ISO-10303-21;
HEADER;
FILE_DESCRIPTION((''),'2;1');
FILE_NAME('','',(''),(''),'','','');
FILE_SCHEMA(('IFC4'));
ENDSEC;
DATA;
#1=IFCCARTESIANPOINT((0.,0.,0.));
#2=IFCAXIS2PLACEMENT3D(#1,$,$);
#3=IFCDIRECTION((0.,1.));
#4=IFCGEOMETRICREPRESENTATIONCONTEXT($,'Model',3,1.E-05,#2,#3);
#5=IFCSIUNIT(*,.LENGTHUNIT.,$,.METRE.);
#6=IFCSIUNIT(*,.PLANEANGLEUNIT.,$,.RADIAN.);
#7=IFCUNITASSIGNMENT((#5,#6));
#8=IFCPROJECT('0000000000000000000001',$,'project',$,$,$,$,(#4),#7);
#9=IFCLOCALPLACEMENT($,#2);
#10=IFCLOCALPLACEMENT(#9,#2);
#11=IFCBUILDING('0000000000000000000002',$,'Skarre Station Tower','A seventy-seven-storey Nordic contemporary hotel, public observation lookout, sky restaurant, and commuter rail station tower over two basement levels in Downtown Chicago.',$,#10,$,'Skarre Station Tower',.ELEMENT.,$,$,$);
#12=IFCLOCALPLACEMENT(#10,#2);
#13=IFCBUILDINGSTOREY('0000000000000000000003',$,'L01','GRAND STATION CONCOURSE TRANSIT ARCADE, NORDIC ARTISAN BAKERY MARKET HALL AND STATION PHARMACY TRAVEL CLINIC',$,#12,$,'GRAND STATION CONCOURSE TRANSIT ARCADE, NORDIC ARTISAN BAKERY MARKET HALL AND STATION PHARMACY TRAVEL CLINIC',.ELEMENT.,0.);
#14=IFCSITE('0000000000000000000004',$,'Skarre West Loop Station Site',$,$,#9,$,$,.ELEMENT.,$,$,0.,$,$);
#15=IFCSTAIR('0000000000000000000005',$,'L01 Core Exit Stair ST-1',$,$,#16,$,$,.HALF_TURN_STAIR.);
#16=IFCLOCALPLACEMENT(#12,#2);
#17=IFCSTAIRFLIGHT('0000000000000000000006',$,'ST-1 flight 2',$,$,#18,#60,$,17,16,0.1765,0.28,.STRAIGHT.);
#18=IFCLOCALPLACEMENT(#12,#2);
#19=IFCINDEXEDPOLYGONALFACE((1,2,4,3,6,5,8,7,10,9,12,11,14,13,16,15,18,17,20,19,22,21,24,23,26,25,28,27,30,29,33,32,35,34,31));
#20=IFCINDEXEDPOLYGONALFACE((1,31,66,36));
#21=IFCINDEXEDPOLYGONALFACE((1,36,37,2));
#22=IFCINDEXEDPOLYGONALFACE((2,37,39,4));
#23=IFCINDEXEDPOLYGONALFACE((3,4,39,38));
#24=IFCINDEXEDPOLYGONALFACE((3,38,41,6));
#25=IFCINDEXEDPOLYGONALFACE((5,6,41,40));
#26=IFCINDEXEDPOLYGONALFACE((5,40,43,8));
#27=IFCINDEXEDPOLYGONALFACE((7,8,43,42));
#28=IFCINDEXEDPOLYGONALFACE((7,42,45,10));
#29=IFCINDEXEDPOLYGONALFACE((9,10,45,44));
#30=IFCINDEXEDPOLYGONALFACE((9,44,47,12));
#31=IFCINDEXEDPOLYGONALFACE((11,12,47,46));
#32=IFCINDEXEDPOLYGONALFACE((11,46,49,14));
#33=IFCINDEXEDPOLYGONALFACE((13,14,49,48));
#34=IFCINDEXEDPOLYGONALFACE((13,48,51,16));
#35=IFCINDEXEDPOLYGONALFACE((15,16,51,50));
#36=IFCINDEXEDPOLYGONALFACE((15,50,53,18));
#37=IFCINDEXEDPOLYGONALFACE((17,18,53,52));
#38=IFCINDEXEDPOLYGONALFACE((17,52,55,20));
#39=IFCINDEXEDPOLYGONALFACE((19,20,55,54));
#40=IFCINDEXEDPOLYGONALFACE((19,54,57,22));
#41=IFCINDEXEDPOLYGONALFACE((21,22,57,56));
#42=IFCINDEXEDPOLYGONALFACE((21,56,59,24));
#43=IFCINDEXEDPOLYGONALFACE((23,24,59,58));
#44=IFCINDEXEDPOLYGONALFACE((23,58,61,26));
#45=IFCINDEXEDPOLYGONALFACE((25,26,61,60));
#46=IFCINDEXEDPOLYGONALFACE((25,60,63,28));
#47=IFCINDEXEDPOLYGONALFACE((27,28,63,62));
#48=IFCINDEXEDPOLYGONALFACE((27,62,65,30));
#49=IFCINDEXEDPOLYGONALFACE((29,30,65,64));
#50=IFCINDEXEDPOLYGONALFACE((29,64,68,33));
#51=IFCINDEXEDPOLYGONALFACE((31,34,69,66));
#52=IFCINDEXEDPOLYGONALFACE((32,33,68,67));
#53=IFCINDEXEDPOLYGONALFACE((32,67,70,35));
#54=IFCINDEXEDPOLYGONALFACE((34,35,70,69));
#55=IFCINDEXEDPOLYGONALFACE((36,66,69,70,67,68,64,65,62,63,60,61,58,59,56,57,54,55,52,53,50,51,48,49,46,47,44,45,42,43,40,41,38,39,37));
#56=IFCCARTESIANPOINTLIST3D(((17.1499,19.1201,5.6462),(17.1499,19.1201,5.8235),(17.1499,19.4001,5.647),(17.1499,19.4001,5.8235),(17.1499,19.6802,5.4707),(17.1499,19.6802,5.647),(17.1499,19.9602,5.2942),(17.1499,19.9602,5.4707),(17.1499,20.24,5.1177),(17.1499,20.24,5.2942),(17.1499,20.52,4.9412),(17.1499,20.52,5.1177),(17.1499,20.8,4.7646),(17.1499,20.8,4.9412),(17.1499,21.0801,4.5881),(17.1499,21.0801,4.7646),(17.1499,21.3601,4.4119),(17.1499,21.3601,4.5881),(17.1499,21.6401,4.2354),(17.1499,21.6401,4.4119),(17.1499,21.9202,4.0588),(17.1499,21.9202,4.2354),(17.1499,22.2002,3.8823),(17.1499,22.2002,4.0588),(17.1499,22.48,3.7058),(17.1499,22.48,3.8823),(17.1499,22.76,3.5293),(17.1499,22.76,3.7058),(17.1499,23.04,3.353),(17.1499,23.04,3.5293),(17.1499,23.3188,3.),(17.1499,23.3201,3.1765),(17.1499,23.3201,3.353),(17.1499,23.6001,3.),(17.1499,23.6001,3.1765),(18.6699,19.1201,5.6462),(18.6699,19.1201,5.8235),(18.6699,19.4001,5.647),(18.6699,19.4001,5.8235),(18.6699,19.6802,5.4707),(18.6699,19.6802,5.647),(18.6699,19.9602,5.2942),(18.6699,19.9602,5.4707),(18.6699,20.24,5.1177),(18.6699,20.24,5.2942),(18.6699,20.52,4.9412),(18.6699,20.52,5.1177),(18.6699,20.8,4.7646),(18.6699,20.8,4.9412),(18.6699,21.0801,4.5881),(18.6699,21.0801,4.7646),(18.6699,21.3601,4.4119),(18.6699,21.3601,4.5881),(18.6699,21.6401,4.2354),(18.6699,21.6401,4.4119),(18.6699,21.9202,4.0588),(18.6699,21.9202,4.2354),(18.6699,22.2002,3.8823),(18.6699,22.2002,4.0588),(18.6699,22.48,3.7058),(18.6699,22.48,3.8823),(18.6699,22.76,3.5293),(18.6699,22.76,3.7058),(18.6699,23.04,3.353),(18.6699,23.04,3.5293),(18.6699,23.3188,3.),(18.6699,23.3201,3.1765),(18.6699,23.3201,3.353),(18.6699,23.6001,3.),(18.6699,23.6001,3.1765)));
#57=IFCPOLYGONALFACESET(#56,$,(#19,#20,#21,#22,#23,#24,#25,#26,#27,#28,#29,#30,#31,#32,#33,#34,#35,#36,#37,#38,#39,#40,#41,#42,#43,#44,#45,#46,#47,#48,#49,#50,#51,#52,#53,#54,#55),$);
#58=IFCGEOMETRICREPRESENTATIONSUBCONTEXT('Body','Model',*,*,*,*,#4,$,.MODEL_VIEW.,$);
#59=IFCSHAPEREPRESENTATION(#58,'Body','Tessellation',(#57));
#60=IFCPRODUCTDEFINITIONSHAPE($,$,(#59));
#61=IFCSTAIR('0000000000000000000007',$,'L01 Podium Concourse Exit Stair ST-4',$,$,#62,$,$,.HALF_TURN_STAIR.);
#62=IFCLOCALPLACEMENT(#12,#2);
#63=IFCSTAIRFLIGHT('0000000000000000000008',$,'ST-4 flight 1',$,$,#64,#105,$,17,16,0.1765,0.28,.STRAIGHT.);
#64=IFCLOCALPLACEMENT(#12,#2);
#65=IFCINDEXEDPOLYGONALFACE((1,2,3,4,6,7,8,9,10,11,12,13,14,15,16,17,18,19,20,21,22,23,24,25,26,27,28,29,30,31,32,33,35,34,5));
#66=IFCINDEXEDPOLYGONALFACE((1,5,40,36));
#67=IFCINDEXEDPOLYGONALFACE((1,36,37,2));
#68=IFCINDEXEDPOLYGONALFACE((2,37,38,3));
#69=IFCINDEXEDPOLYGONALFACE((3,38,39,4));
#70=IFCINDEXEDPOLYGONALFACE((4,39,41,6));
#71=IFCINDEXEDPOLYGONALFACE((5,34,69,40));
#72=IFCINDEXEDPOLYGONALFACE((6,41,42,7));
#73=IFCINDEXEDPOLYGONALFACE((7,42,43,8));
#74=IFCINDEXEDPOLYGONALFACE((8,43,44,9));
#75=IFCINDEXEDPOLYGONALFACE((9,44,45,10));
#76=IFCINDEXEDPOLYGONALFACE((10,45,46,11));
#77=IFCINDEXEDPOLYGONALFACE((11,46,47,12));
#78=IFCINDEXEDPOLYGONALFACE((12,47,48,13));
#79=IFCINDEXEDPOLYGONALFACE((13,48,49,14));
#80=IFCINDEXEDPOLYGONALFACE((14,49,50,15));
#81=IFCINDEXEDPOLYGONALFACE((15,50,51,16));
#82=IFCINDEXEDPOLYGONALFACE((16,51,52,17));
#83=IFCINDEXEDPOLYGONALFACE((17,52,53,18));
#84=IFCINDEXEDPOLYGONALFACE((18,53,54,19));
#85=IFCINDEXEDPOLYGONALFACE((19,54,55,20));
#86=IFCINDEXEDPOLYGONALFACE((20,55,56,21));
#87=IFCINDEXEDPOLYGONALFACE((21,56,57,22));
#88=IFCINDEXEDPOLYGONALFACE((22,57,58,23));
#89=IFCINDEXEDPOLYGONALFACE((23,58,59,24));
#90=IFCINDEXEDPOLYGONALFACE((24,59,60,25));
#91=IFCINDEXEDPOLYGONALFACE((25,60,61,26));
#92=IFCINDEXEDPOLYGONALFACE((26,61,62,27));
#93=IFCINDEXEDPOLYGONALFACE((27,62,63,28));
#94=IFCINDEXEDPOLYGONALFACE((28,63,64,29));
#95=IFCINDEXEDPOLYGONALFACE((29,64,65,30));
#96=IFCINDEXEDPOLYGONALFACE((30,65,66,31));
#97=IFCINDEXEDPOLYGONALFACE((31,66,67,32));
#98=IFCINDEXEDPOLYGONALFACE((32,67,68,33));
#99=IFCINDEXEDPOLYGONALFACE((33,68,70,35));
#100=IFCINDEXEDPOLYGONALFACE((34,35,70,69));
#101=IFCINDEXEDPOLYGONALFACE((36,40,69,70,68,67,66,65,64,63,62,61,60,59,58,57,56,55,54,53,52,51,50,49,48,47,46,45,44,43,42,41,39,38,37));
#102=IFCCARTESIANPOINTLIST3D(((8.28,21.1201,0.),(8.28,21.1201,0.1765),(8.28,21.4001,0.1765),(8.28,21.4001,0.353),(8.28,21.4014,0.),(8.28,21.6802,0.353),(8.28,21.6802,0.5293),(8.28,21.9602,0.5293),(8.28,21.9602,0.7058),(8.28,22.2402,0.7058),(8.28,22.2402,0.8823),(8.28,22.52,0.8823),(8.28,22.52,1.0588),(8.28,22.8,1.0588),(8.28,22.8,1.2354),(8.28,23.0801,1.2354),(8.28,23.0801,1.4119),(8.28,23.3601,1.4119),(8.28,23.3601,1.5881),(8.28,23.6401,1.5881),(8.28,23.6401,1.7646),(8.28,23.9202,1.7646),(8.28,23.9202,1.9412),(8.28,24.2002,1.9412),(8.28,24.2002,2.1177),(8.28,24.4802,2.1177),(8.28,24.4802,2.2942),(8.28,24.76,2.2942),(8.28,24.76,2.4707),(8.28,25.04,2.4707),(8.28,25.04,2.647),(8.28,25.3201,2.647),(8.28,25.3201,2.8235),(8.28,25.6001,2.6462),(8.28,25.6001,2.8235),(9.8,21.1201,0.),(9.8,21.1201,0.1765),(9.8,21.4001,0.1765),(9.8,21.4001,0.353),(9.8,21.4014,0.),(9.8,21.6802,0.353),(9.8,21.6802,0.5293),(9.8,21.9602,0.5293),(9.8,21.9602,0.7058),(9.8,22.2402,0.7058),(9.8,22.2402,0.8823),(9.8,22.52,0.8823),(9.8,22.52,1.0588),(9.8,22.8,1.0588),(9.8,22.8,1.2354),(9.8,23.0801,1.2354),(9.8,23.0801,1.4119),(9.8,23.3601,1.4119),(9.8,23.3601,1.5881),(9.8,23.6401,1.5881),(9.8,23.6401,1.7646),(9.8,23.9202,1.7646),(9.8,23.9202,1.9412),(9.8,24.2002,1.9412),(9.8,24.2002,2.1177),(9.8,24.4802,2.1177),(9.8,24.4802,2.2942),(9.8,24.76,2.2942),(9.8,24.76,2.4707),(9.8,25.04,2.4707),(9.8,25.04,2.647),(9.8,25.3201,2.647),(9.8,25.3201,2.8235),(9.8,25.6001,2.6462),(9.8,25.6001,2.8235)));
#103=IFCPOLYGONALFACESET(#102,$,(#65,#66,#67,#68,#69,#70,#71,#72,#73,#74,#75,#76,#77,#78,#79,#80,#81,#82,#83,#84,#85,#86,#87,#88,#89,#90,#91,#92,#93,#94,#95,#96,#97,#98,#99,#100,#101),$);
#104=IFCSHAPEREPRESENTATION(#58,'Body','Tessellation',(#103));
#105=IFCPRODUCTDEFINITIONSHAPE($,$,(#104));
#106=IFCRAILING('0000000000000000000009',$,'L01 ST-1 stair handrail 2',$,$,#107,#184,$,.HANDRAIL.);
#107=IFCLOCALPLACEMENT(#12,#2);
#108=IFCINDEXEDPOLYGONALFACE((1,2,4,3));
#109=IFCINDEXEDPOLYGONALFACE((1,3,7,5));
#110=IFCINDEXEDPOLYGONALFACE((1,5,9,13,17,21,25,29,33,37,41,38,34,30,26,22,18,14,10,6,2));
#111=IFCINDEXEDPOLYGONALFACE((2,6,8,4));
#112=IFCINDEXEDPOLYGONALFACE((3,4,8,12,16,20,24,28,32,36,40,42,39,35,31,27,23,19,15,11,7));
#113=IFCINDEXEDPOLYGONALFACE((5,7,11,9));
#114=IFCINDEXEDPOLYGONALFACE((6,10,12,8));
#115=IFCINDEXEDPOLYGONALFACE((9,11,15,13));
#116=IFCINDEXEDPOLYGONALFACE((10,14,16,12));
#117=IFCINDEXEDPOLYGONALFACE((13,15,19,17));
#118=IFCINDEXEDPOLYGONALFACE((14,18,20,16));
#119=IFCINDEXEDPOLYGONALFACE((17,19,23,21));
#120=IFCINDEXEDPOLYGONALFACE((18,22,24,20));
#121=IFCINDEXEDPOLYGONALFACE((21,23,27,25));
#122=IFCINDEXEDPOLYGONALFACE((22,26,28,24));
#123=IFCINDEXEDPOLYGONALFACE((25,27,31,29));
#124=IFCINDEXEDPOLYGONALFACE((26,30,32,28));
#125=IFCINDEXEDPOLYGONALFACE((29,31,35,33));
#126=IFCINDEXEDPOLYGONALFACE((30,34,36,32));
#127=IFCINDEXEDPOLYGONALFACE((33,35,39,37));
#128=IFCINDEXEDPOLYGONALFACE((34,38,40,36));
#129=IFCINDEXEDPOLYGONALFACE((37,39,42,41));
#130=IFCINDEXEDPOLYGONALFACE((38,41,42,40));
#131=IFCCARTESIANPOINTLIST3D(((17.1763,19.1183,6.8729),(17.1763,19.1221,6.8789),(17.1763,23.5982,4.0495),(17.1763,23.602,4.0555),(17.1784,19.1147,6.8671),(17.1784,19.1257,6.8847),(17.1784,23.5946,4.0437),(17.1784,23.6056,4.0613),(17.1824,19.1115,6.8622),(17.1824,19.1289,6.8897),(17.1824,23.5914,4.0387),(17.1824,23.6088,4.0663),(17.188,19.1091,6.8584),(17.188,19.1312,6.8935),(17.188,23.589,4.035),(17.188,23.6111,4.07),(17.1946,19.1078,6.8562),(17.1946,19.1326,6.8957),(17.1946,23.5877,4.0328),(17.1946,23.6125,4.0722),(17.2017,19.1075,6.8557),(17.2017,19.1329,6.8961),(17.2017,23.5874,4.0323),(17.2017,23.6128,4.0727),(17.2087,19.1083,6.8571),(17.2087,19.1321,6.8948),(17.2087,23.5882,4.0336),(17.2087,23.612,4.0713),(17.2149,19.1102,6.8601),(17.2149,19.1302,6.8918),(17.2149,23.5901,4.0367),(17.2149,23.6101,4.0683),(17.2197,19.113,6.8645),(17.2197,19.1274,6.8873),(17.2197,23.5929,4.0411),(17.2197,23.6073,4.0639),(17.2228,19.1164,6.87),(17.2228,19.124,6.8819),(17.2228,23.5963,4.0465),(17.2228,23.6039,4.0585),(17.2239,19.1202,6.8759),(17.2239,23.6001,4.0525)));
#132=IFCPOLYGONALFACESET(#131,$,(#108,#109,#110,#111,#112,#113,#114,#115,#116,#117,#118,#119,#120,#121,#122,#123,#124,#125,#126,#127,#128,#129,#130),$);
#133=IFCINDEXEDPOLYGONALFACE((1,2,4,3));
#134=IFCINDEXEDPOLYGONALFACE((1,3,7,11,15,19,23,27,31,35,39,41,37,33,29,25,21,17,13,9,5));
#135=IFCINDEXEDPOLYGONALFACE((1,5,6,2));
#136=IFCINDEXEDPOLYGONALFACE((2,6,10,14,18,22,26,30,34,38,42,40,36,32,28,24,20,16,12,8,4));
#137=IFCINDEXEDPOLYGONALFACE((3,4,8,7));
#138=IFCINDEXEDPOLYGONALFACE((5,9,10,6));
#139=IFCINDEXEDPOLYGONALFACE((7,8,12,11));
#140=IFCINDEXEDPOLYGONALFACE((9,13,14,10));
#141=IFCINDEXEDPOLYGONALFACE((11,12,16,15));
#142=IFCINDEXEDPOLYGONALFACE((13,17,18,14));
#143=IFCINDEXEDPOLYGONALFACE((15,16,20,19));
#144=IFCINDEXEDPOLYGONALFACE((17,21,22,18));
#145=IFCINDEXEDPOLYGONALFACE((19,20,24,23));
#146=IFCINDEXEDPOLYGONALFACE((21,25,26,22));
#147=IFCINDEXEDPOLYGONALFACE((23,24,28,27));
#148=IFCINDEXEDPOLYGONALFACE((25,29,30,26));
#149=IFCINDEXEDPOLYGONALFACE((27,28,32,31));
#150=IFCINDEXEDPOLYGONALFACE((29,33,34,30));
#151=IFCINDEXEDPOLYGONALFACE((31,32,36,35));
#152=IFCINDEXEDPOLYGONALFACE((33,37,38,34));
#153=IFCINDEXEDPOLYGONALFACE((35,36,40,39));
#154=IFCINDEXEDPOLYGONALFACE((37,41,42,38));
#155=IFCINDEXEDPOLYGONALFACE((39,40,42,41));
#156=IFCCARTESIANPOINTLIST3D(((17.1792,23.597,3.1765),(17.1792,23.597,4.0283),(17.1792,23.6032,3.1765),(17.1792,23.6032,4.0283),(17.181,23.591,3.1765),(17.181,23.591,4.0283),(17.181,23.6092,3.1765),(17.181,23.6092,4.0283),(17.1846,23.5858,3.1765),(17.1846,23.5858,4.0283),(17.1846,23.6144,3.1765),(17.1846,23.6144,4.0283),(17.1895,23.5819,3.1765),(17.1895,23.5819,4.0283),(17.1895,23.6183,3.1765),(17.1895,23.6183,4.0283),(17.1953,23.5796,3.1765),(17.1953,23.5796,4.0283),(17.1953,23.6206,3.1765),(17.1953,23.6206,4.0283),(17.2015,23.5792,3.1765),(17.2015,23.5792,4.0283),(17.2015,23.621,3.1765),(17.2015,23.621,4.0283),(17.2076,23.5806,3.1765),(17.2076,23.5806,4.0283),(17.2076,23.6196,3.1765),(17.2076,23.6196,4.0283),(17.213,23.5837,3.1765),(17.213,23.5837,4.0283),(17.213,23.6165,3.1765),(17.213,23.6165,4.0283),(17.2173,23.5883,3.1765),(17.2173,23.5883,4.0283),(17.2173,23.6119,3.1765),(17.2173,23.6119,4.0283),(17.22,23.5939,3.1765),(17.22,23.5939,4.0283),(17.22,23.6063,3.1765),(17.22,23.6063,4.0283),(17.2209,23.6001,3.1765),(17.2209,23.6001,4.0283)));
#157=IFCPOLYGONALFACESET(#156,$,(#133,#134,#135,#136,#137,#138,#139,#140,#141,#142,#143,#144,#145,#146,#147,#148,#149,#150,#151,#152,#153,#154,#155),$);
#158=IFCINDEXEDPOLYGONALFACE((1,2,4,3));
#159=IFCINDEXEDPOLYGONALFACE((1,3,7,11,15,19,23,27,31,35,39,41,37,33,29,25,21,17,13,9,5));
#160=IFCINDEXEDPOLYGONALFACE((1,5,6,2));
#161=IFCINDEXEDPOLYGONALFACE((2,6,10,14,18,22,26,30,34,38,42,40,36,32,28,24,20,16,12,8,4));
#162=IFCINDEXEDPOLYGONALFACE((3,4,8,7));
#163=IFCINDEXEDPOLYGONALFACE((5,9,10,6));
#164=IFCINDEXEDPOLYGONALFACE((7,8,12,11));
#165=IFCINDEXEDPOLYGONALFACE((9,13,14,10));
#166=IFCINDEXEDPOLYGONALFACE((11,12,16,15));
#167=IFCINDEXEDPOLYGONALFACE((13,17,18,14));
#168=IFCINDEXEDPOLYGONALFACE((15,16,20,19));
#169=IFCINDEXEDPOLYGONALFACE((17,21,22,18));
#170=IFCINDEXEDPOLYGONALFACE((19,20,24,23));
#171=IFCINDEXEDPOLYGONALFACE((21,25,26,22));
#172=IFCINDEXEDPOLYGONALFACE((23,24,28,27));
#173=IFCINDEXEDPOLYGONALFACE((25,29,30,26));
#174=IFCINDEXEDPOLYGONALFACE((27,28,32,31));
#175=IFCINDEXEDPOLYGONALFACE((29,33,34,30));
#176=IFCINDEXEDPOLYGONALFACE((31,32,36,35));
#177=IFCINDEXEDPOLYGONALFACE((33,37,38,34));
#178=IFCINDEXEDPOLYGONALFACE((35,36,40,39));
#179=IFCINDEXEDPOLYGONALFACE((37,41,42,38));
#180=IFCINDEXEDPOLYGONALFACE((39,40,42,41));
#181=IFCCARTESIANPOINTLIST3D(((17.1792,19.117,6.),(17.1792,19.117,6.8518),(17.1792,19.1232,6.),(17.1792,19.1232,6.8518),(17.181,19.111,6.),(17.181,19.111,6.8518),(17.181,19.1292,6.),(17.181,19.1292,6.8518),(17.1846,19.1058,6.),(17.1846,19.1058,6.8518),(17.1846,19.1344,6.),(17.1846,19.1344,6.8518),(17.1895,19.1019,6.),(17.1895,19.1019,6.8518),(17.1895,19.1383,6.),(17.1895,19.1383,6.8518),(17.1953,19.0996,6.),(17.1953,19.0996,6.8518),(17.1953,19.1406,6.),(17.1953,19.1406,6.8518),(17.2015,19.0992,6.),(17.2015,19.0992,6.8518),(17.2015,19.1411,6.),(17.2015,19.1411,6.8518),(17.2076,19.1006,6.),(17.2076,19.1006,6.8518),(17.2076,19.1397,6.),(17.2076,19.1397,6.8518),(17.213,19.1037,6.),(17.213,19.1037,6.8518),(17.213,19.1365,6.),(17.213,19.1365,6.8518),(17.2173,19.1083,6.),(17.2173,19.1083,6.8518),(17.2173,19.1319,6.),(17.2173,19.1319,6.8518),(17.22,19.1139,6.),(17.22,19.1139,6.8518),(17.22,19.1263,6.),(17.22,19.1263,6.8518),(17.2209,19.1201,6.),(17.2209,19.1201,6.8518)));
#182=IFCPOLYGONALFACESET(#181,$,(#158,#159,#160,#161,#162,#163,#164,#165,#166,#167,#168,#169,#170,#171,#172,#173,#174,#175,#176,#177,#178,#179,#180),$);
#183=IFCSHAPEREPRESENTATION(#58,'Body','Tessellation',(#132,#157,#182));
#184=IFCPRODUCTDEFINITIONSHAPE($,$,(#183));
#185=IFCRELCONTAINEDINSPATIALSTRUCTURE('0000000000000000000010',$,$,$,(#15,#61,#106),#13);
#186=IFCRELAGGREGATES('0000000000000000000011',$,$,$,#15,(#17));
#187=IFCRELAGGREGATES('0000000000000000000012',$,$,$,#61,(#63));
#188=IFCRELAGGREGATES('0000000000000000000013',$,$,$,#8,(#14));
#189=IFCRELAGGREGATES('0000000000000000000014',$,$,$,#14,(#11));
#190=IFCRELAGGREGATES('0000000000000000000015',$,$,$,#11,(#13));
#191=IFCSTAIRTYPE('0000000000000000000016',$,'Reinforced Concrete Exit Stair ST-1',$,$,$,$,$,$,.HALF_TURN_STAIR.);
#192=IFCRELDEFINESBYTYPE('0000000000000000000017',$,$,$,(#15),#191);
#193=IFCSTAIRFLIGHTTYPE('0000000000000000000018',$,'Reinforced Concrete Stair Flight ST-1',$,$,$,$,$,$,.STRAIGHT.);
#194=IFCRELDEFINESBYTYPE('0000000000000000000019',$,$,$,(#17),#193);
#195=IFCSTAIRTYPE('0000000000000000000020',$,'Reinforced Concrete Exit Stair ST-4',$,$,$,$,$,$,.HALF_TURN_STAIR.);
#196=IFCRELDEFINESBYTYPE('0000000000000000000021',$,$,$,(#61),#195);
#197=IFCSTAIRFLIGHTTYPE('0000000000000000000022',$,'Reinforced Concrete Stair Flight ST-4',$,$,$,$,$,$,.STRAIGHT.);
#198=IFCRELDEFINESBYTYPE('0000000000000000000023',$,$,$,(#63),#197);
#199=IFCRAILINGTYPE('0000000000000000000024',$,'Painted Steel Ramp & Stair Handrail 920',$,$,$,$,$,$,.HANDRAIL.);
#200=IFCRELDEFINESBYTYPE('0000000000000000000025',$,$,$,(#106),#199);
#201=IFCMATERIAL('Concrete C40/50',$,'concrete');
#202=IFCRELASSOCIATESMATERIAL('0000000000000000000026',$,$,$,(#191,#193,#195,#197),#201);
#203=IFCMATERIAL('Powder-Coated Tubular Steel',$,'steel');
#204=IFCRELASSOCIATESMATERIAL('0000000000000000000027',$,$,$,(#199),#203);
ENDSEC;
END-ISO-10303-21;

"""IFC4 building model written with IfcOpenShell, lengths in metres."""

from ifc_helpers import new_model, si_unit, direction, frame, origin, origin_2d, place, context, subcontext, project, spatial, polyline, circle, outline, extrude, material, type_object, element, aggregate, save


model = new_model("IFC4")

# Units and contexts
model_context = context("Model", 3, precision=1e-05, world=origin(), true_north=direction((0.0, 1.0)))
body_context = subcontext(model_context, "Body", "Model", "MODEL_VIEW")
ifc_project = project(units=[si_unit("LENGTHUNIT", "METRE"), si_unit("PLANEANGLEUNIT", "RADIAN")], contexts=[model_context])

# Site, building, storey
site_placement = place(None, origin())
site = spatial("IfcSite", under=ifc_project, at=site_placement, Name="Skarre West Loop Station Site", CompositionType="ELEMENT", RefElevation=0.0)
building_placement = place(site_placement, origin())
building = spatial("IfcBuilding", under=site, at=building_placement, Name="Skarre Station Tower", Description="A seventy-seven-storey Nordic contemporary hotel, public observation lookout, sky restaurant, and commuter rail station tower over two basement levels in Downtown Chicago.", LongName="Skarre Station Tower", CompositionType="ELEMENT")
storey_placement = place(building_placement, origin())
storey = spatial("IfcBuildingStorey", under=building, at=storey_placement, Name="L01", Description="GRAND STATION CONCOURSE TRANSIT ARCADE, NORDIC ARTISAN BAKERY MARKET HALL AND STATION PHARMACY TRAVEL CLINIC", LongName="GRAND STATION CONCOURSE TRANSIT ARCADE, NORDIC ARTISAN BAKERY MARKET HALL AND STATION PHARMACY TRAVEL CLINIC", CompositionType="ELEMENT", Elevation=0.0)

# Stairs, stair flights
ifc_material_1 = material(Name="Concrete C40/50", Category="concrete")
stair_type_1 = type_object("IfcStairType", Name="Reinforced Concrete Exit Stair ST-1", PredefinedType="HALF_TURN_STAIR", material=ifc_material_1)
stair_1_placement = place(storey_placement, origin())
stair_1 = element("IfcStair", 1, at=stair_1_placement, inside=storey, type_object=stair_type_1, Name="L01 Core Exit Stair ST-1", PredefinedType="HALF_TURN_STAIR")
stair_flight_type_1 = type_object("IfcStairFlightType", Name="Reinforced Concrete Stair Flight ST-1", PredefinedType="STRAIGHT", material=ifc_material_1)
stair_flight_1_placement = place(storey_placement, frame((17.9099, 23.6001, 3.0), z_axis=(0.0, 0.0, 1.0), x_axis=(0.0, -1.0, 0.0)))
stair_flight_1 = element("IfcStairFlight", 2, at=stair_flight_1_placement, type_object=stair_flight_type_1, Name="ST-1 flight 2", NumberOfRisers=17, NumberOfTreads=16, PredefinedType="STRAIGHT", RiserHeight=0.1765, TreadLength=0.28, context=body_context, shape_type="SweptSolid", body=[
    extrude(outline(polyline([(0.0, 0.0), (0.0, 0.1765), (0.28, 0.1765), (0.28, 0.353), (0.5601, 0.353), (0.5601, 0.5293), (0.8401, 0.5293), (0.8401, 0.7058), (1.1201, 0.7058), (1.1201, 0.8823), (1.3999, 0.8823), (1.3999, 1.0588), (1.6799, 1.0588), (1.6799, 1.2354), (1.96, 1.2354), (1.96, 1.4119), (2.24, 1.4119), (2.24, 1.5881), (2.52, 1.5881), (2.52, 1.7646), (2.8, 1.7646), (2.8, 1.9412), (3.0801, 1.9412), (3.0801, 2.1177), (3.3601, 2.1177), (3.3601, 2.2942), (3.6399, 2.2942), (3.6399, 2.4707), (3.9199, 2.4707), (3.9199, 2.647), (4.2, 2.647), (4.2, 2.8235), (4.48, 2.8235), (4.48, 3.0), (4.48, 2.6462), (0.2812, 0.0), (0.0, 0.0)])), frame((0.0, 0.76, 0.0), z_axis=(0.0, -1.0, 0.0), x_axis=(1.0, 0.0, 0.0)), (0.0, 0.0, 1.0), 1.52),
])
aggregate(stair_1, [stair_flight_1])
stair_type_2 = type_object("IfcStairType", Name="Reinforced Concrete Exit Stair ST-4", PredefinedType="HALF_TURN_STAIR", material=ifc_material_1)
stair_2_placement = place(storey_placement, origin())
stair_2 = element("IfcStair", 3, at=stair_2_placement, inside=storey, type_object=stair_type_2, Name="L01 Podium Concourse Exit Stair ST-4", PredefinedType="HALF_TURN_STAIR")
stair_flight_type_2 = type_object("IfcStairFlightType", Name="Reinforced Concrete Stair Flight ST-4", PredefinedType="STRAIGHT", material=ifc_material_1)
stair_flight_2_placement = place(storey_placement, frame((9.04, 21.1201, 0.0), z_axis=(0.0, 0.0, 1.0), x_axis=(0.0, 1.0, 0.0)))
stair_flight_2 = element("IfcStairFlight", 4, at=stair_flight_2_placement, type_object=stair_flight_type_2, Name="ST-4 flight 1", NumberOfRisers=17, NumberOfTreads=16, PredefinedType="STRAIGHT", RiserHeight=0.1765, TreadLength=0.28, context=body_context, shape_type="SweptSolid", body=[
    extrude(outline(polyline([(0.0, 0.0), (0.0, 0.1765), (0.28, 0.1765), (0.28, 0.353), (0.5601, 0.353), (0.5601, 0.5293), (0.8401, 0.5293), (0.8401, 0.7058), (1.1201, 0.7058), (1.1201, 0.8823), (1.3999, 0.8823), (1.3999, 1.0588), (1.6799, 1.0588), (1.6799, 1.2354), (1.96, 1.2354), (1.96, 1.4119), (2.24, 1.4119), (2.24, 1.5881), (2.52, 1.5881), (2.52, 1.7646), (2.8, 1.7646), (2.8, 1.9412), (3.0801, 1.9412), (3.0801, 2.1177), (3.3601, 2.1177), (3.3601, 2.2942), (3.6399, 2.2942), (3.6399, 2.4707), (3.9199, 2.4707), (3.9199, 2.647), (4.2, 2.647), (4.2, 2.8235), (4.48, 2.8235), (4.48, 3.0), (4.48, 2.6462), (0.2812, 0.0), (0.0, 0.0)])), frame((0.0, 0.76, 0.0), z_axis=(0.0, -1.0, 0.0), x_axis=(1.0, 0.0, 0.0)), (0.0, 0.0, 1.0), 1.52),
])
aggregate(stair_2, [stair_flight_2])

# Railing
ifc_material_2 = material(Name="Powder-Coated Tubular Steel", Category="steel")
railing_type_1 = type_object("IfcRailingType", Name="Painted Steel Ramp & Stair Handrail 920", PredefinedType="HANDRAIL", material=ifc_material_2)
railing_1_placement = place(storey_placement, frame((17.2, 23.6001, 3.1765)))
element("IfcRailing", 5, at=railing_1_placement, inside=storey, type_object=railing_type_1, Name="L01 ST-1 stair handrail 2", PredefinedType="HANDRAIL", context=body_context, shape_type="SweptSolid", body=[
    extrude(circle(Radius=0.0239, at=origin_2d()), frame((0.0, 0.0, 0.876), z_axis=(0.0, -0.845998, 0.533186), x_axis=(1.0, 0.0, 0.0)), (0.0, 0.0, 1.0), 5.2954),
    extrude(circle(Radius=0.021, at=origin_2d()), origin(), (0.0, 0.0, 1.0), 0.8518),
    extrude(circle(Radius=0.021, at=origin_2d()), frame((0.0, -4.48, 2.8235)), (0.0, 0.0, 1.0), 0.8518),
])

save(model, "model.ifc")
